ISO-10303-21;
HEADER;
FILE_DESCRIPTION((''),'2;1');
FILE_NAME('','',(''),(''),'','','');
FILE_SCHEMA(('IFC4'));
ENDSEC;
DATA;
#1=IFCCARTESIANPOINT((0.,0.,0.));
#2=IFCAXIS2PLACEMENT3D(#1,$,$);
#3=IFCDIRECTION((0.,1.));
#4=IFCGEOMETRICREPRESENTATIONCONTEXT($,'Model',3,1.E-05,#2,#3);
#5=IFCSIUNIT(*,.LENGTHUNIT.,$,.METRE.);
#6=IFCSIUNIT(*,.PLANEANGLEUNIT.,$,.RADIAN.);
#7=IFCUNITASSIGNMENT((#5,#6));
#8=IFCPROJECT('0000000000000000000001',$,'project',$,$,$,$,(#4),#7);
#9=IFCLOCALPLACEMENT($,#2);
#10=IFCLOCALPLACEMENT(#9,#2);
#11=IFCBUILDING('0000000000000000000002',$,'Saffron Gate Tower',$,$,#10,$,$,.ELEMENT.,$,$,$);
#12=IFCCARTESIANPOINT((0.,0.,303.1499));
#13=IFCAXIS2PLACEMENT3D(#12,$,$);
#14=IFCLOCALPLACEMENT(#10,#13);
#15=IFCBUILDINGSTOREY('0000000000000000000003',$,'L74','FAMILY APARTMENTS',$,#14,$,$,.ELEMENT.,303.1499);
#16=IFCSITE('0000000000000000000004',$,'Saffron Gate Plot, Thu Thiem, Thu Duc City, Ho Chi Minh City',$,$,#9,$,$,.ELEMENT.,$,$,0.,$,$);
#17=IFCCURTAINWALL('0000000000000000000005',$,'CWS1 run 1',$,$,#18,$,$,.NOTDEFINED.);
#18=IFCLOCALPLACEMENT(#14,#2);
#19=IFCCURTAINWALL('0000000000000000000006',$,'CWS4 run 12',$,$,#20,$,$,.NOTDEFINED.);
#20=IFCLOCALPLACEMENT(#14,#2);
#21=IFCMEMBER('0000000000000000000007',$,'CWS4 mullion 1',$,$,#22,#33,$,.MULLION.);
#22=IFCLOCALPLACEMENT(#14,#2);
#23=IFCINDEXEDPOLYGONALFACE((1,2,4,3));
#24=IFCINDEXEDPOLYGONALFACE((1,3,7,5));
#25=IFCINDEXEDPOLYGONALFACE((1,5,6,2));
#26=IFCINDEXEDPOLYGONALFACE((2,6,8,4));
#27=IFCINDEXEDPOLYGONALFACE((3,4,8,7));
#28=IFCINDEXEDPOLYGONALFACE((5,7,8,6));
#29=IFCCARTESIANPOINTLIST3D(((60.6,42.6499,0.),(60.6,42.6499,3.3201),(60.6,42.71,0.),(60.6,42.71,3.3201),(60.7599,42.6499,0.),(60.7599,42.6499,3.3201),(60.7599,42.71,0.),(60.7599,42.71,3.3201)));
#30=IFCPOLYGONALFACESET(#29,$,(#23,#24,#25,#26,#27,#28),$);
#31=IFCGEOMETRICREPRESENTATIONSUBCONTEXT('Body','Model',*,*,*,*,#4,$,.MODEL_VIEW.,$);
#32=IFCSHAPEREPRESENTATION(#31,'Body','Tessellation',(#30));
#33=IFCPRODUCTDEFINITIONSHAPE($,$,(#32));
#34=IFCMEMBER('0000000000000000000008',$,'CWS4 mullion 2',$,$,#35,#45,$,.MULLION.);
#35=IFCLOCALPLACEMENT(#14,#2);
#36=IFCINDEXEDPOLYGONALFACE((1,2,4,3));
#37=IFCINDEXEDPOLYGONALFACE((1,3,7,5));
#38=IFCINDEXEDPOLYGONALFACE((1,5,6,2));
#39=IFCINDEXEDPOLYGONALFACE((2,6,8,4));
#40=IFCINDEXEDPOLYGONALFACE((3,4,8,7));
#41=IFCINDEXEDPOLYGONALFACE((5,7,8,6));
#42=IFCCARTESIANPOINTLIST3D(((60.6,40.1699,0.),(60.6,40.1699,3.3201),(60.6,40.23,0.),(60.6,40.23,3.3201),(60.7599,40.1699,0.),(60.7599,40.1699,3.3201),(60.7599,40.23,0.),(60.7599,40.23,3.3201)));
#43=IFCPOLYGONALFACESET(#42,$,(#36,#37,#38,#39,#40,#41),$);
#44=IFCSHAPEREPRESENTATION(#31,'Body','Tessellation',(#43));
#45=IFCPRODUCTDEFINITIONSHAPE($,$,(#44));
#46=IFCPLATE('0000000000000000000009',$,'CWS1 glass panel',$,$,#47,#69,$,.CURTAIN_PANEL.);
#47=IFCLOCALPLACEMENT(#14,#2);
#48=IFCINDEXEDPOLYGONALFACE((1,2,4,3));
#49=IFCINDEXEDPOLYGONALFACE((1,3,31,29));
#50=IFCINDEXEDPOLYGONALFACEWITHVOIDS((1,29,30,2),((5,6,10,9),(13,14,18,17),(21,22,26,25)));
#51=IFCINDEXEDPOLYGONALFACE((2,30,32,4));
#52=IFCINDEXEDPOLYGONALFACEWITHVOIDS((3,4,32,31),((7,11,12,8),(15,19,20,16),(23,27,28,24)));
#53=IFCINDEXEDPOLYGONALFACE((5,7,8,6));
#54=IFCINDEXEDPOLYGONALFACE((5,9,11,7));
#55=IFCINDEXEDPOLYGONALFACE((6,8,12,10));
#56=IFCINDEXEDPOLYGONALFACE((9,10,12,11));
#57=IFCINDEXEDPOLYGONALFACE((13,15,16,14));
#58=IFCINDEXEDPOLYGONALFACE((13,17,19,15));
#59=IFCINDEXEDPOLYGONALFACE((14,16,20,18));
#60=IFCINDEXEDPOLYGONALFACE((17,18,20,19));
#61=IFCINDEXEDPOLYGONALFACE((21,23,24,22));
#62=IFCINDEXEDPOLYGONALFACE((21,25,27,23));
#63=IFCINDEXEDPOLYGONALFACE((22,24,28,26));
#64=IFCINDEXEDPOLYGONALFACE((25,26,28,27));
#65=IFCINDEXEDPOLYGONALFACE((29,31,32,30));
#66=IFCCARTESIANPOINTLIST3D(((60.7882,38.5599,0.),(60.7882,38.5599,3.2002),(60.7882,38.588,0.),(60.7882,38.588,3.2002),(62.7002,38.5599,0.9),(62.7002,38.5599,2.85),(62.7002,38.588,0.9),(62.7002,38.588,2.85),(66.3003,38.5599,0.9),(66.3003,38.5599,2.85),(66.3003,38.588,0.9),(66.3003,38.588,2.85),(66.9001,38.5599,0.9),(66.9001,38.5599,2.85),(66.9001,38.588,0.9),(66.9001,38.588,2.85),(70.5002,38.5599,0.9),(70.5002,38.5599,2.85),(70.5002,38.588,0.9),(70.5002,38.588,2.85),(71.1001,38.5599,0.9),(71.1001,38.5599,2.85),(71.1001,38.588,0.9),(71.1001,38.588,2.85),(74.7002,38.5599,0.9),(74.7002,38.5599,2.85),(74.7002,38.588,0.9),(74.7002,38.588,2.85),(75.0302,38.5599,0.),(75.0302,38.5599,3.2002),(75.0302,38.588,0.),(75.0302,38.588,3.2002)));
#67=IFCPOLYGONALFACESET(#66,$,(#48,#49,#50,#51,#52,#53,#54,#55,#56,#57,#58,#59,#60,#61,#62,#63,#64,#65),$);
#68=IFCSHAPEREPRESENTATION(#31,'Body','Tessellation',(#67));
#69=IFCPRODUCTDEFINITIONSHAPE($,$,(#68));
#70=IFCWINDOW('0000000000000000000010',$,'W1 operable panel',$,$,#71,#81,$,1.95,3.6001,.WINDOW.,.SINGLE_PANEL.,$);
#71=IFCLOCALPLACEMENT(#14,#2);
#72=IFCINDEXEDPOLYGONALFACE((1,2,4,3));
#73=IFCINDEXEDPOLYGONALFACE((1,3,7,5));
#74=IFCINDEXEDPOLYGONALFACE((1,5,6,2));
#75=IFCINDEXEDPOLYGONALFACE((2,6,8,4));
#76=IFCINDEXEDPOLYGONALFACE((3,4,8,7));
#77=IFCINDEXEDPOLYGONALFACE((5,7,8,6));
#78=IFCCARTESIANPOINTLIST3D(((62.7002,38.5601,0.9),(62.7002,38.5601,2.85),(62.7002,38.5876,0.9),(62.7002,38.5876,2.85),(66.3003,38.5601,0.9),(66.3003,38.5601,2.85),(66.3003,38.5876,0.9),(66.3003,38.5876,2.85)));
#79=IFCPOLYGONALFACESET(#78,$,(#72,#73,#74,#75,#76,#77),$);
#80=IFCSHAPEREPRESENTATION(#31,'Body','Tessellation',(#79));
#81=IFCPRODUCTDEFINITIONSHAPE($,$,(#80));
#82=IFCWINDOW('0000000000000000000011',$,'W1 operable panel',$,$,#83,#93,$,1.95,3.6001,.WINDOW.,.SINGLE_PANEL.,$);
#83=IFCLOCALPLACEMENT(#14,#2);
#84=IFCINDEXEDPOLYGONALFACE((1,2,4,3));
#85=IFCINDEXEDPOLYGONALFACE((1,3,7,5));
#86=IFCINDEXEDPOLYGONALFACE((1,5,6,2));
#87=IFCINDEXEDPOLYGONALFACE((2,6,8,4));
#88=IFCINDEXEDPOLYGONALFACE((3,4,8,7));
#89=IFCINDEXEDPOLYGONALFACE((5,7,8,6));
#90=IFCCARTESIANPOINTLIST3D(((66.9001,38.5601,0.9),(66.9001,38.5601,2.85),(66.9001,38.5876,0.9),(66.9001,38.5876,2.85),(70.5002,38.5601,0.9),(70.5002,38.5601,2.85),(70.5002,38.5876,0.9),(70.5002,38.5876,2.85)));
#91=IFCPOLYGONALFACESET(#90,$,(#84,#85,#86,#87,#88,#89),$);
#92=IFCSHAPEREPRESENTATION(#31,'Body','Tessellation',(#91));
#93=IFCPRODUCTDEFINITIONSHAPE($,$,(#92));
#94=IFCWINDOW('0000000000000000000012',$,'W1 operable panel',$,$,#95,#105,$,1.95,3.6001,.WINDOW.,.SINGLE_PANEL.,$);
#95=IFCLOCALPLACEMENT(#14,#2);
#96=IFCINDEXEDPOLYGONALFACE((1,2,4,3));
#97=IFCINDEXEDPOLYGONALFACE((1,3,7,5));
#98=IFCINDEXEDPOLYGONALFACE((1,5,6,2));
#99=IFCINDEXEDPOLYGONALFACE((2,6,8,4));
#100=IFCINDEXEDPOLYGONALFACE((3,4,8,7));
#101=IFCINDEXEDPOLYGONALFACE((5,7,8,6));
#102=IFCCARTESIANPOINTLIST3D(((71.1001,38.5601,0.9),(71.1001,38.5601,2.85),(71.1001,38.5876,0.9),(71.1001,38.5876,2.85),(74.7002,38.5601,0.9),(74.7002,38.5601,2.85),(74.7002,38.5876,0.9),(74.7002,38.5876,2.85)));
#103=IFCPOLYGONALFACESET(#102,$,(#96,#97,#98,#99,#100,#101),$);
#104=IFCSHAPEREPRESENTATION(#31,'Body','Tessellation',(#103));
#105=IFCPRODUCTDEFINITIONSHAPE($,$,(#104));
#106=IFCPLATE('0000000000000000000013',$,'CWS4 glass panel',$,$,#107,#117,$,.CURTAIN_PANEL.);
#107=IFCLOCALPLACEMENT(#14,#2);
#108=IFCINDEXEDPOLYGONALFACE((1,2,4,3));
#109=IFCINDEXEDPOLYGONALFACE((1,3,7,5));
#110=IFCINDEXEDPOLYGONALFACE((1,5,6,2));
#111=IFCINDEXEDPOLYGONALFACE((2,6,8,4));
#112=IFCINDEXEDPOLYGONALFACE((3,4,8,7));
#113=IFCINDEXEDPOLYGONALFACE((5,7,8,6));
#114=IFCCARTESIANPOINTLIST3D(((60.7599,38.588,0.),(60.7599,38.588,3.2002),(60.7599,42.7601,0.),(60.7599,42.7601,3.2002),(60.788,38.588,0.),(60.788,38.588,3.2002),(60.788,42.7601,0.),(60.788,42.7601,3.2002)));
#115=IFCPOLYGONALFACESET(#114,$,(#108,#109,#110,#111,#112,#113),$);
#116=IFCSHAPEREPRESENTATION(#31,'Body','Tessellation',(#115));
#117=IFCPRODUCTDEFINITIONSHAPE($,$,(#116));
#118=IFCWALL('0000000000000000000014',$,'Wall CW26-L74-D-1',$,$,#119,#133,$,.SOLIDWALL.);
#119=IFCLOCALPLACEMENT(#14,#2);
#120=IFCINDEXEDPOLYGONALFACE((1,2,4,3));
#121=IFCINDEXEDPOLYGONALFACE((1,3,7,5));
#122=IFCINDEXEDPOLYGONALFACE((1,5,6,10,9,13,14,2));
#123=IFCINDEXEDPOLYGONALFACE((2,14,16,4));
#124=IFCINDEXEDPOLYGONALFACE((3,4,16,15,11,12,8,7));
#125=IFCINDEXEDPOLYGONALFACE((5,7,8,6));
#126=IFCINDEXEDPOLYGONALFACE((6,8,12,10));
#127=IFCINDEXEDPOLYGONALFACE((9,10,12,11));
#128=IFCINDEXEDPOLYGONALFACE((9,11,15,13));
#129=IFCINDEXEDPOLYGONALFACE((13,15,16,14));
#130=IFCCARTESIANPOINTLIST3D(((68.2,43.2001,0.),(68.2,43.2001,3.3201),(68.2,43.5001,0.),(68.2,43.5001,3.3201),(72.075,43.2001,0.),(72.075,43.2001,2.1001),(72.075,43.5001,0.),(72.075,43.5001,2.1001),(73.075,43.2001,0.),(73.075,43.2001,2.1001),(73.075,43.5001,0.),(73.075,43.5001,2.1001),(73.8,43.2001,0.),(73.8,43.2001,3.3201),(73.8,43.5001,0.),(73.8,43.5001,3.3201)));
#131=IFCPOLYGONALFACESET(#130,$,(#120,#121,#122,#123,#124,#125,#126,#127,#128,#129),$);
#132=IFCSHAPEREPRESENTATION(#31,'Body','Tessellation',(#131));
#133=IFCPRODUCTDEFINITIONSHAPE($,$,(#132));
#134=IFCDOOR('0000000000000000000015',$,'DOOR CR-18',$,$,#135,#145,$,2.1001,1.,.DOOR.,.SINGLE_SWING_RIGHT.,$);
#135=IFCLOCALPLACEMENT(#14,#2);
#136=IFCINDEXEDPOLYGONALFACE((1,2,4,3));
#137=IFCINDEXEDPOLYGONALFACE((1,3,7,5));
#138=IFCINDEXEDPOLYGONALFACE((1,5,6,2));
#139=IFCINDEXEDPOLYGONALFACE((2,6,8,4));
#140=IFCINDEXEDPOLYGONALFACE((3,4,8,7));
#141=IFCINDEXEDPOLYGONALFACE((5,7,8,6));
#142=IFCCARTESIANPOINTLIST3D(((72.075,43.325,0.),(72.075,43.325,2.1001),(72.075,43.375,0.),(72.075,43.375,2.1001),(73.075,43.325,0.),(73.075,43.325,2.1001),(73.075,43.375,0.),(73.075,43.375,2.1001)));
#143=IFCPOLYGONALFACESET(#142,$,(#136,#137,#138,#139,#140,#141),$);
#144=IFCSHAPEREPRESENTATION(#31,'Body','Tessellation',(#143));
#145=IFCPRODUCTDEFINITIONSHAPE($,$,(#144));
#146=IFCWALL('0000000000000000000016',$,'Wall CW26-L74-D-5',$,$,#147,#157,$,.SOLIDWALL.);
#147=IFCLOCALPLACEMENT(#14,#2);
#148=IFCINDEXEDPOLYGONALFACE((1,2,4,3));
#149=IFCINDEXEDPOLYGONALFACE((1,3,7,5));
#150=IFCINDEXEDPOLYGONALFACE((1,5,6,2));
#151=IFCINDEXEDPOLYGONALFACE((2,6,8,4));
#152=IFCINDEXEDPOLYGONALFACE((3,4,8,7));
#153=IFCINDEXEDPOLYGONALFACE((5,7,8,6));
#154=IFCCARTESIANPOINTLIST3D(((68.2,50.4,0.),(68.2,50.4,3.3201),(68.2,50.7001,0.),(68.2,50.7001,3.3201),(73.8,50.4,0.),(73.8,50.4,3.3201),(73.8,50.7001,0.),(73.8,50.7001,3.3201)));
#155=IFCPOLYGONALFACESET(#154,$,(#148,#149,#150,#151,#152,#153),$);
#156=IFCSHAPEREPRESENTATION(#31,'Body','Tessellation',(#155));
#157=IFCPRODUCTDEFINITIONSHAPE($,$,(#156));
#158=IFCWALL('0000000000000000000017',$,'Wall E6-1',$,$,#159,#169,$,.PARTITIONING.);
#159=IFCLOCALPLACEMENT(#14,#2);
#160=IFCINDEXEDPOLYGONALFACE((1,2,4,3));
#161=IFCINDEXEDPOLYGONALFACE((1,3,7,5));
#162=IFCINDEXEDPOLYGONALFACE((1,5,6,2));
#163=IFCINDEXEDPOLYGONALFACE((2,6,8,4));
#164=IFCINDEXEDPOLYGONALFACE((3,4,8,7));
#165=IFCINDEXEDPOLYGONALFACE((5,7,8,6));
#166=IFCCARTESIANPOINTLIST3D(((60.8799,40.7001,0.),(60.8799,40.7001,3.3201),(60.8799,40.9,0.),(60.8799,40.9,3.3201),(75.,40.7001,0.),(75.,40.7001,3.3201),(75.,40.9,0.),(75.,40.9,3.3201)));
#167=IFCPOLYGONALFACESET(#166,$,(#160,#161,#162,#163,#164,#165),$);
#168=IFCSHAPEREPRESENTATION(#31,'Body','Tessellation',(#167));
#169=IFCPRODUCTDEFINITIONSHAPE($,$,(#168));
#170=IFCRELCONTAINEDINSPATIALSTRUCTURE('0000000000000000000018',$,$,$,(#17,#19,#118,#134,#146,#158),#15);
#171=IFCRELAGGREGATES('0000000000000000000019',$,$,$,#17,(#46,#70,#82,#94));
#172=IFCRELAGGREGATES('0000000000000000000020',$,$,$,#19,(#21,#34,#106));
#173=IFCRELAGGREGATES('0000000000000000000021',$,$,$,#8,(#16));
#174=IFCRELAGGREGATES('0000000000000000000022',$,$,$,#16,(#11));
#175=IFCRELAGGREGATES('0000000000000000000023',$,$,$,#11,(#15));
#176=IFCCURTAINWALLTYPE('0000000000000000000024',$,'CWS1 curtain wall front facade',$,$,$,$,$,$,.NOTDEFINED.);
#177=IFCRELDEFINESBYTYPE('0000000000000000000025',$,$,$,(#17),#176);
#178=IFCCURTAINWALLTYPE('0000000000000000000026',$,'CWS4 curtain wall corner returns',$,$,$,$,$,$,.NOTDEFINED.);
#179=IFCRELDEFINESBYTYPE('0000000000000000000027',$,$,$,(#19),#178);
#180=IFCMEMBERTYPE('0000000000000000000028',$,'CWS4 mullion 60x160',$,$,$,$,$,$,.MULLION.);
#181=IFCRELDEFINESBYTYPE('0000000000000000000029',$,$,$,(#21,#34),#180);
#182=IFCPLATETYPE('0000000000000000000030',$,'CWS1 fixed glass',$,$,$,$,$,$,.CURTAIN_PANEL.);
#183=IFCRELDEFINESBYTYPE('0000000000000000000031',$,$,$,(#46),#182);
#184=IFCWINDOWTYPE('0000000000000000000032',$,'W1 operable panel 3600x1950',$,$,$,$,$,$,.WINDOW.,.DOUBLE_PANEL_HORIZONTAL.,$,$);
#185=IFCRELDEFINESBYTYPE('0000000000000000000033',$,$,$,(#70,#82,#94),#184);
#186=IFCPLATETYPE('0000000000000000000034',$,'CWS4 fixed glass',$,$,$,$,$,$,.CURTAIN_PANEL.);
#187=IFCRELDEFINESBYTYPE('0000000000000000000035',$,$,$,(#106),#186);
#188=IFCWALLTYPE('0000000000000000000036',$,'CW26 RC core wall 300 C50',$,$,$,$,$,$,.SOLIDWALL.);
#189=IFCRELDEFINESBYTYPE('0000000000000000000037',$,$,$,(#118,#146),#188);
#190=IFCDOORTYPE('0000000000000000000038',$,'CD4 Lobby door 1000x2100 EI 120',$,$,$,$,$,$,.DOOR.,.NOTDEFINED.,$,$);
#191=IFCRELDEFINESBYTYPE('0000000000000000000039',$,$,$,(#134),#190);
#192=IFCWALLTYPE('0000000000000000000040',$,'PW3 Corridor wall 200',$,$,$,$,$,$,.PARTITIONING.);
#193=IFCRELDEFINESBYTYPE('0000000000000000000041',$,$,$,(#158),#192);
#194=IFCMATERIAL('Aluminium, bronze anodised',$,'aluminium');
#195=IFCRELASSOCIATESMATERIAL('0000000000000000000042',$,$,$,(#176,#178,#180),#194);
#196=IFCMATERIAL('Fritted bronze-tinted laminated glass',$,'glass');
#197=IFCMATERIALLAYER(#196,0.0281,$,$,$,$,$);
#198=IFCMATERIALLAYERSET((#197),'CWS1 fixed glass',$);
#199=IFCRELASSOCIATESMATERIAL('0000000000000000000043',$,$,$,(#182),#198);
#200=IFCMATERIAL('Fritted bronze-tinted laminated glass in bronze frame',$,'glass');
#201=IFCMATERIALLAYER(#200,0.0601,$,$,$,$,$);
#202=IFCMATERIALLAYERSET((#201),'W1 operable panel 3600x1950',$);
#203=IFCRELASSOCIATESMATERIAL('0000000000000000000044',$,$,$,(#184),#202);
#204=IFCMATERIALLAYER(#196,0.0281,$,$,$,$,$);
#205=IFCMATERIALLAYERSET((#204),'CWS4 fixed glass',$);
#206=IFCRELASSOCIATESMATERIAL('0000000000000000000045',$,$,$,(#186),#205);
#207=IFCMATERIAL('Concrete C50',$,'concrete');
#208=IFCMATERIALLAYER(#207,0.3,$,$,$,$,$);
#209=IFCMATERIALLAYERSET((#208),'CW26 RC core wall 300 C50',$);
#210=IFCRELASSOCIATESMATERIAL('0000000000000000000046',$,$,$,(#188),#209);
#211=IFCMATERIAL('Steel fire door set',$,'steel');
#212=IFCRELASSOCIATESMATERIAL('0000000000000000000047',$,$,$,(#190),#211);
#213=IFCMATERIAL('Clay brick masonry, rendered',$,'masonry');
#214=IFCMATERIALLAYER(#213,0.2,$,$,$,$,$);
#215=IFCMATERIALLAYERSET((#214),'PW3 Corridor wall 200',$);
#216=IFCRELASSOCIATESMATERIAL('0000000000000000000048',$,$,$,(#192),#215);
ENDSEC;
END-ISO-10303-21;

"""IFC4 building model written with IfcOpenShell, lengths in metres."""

from ifc_helpers import new_model, si_unit, direction, frame, frame_2d, origin, origin_2d, place, context, subcontext, project, spatial, rectangle, extrude, material, layer, layer_set, material_profile, profile_set, type_object, element, fill, aggregate, save


model = new_model("IFC4")

# Units and contexts
model_context = context("Model", 3, precision=1e-05, world=origin(), true_north=direction((0.0, 1.0)))
body_context = subcontext(model_context, "Body", "Model", "MODEL_VIEW")
ifc_project = project(units=[si_unit("LENGTHUNIT", "METRE"), si_unit("PLANEANGLEUNIT", "RADIAN")], contexts=[model_context])

# Site, building, storey
site_placement = place(None, origin())
site = spatial("IfcSite", under=ifc_project, at=site_placement, Name="Saffron Gate Plot, Thu Thiem, Thu Duc City, Ho Chi Minh City", CompositionType="ELEMENT", RefElevation=0.0)
building_placement = place(site_placement, origin())
building = spatial("IfcBuilding", under=site, at=building_placement, Name="Saffron Gate Tower", CompositionType="ELEMENT")
storey_placement = place(building_placement, frame((0.0, 0.0, 303.1499)))
storey = spatial("IfcBuildingStorey", under=building, at=storey_placement, Name="L74", Description="FAMILY APARTMENTS", CompositionType="ELEMENT", Elevation=303.1499)

# Curtain walls, members
ifc_material_1 = material(Name="Aluminium, bronze anodised", Category="aluminium")
curtain_wall_type_1 = type_object("IfcCurtainWallType", Name="CWS1 curtain wall front facade", PredefinedType="NOTDEFINED", material=ifc_material_1)
curtain_wall_1_placement = place(storey_placement, origin())
curtain_wall_1 = element("IfcCurtainWall", 1, at=curtain_wall_1_placement, inside=storey, type_object=curtain_wall_type_1, Name="CWS1 run 1", PredefinedType="NOTDEFINED")
curtain_wall_type_2 = type_object("IfcCurtainWallType", Name="CWS4 curtain wall corner returns", PredefinedType="NOTDEFINED", material=ifc_material_1)
curtain_wall_2_placement = place(storey_placement, origin())
curtain_wall_2 = element("IfcCurtainWall", 2, at=curtain_wall_2_placement, inside=storey, type_object=curtain_wall_type_2, Name="CWS4 run 12", PredefinedType="NOTDEFINED")
ifc_material_profile_1 = material_profile(ifc_material_1, rectangle(XDim=0.1599, YDim=0.0601, at=origin_2d()))
ifc_profile_set_1 = profile_set([ifc_material_profile_1], Name="Aluminium, bronze anodised")
member_type_1 = type_object("IfcMemberType", Name="CWS4 mullion 60x160", PredefinedType="MULLION", material=ifc_profile_set_1)
member_1_placement = place(storey_placement, frame((60.6799, 42.6799, 0.0), z_axis=(0.0, 0.0, 1.0), x_axis=(1.0, 0.0, 0.0)))
member_1 = element("IfcMember", 3, at=member_1_placement, type_object=member_type_1, Name="CWS4 mullion 1", PredefinedType="MULLION", context=body_context, shape_type="SweptSolid", body=[
    extrude(rectangle(XDim=0.1599, YDim=0.0601, at=origin_2d()), origin(), (0.0, 0.0, 1.0), 3.3201),
])
member_2_placement = place(storey_placement, frame((60.6799, 40.2, 0.0), z_axis=(0.0, 0.0, 1.0), x_axis=(1.0, 0.0, 0.0)))
member_2 = element("IfcMember", 4, at=member_2_placement, type_object=member_type_1, Name="CWS4 mullion 2", PredefinedType="MULLION", context=body_context, shape_type="SweptSolid", body=[
    extrude(rectangle(XDim=0.1599, YDim=0.0601, at=origin_2d()), origin(), (0.0, 0.0, 1.0), 3.3201),
])

# Plate, openings, windows
ifc_material_2 = material(Name="Fritted bronze-tinted laminated glass", Category="glass")
ifc_layer_1 = layer(ifc_material_2, 0.0281)
ifc_layer_set_1 = layer_set([ifc_layer_1], Name="CWS1 fixed glass")
plate_type_1 = type_object("IfcPlateType", Name="CWS1 fixed glass", PredefinedType="CURTAIN_PANEL", material=ifc_layer_set_1)
plate_1_placement = place(storey_placement, frame((60.7881, 38.574, 0.0), z_axis=(0.0, 0.0, 1.0), x_axis=(1.0, 0.0, 0.0)))
plate_1 = element("IfcPlate", 5, at=plate_1_placement, type_object=plate_type_1, Name="CWS1 glass panel", PredefinedType="CURTAIN_PANEL", context=body_context, shape_type="SweptSolid", body=[
    extrude(rectangle(XDim=14.2419, YDim=0.0281, at=frame_2d((7.1211, 0.0))), origin(), (0.0, 0.0, 1.0), 3.2002),
])
opening_1_placement = place(plate_1_placement, frame((1.9121, 0.0, 0.8999)))
opening_1 = element("IfcOpeningElement", 6, at=opening_1_placement, cuts=plate_1, PredefinedType="OPENING", context=body_context, shape_type="SweptSolid", body=[
    extrude(rectangle(XDim=3.6001, YDim=1.95, at=frame_2d((1.8, 0.9751))), frame((0.0, 0.0239, 0.0), z_axis=(0.0, -1.0, 0.0), x_axis=(1.0, 0.0, 0.0)), (0.0, 0.0, 1.0), 0.0481),
])
opening_2_placement = place(plate_1_placement, frame((6.1121, 0.0, 0.8999)))
opening_2 = element("IfcOpeningElement", 7, at=opening_2_placement, cuts=plate_1, PredefinedType="OPENING", context=body_context, shape_type="SweptSolid", body=[
    extrude(rectangle(XDim=3.6001, YDim=1.95, at=frame_2d((1.8, 0.9751))), frame((0.0, 0.0239, 0.0), z_axis=(0.0, -1.0, 0.0), x_axis=(1.0, 0.0, 0.0)), (0.0, 0.0, 1.0), 0.0481),
])
opening_3_placement = place(plate_1_placement, frame((10.312, 0.0, 0.8999)))
opening_3 = element("IfcOpeningElement", 8, at=opening_3_placement, cuts=plate_1, PredefinedType="OPENING", context=body_context, shape_type="SweptSolid", body=[
    extrude(rectangle(XDim=3.6001, YDim=1.95, at=frame_2d((1.8, 0.9751))), frame((0.0, 0.0239, 0.0), z_axis=(0.0, -1.0, 0.0), x_axis=(1.0, 0.0, 0.0)), (0.0, 0.0, 1.0), 0.0481),
])
ifc_material_3 = material(Name="Fritted bronze-tinted laminated glass in bronze frame", Category="glass")
ifc_layer_2 = layer(ifc_material_3, 0.0601)
ifc_layer_set_2 = layer_set([ifc_layer_2], Name="W1 operable panel 3600x1950")
window_type = type_object("IfcWindowType", Name="W1 operable panel 3600x1950", PartitioningType="DOUBLE_PANEL_HORIZONTAL", PredefinedType="WINDOW", material=ifc_layer_set_2)
window_1_placement = place(opening_1_placement, origin())
window_1 = element("IfcWindow", 9, at=window_1_placement, type_object=window_type, Name="W1 operable panel", OverallHeight=1.95, OverallWidth=3.6001, PartitioningType="SINGLE_PANEL", PredefinedType="WINDOW", context=body_context, shape_type="SweptSolid", body=[
    extrude(rectangle(XDim=3.6001, YDim=1.95, at=frame_2d((1.8, 0.9751))), frame((0.0, 0.0137, 0.0), z_axis=(0.0, -1.0, 0.0), x_axis=(1.0, 0.0, 0.0)), (0.0, 0.0, 1.0), 0.0276),
])
fill(opening_1, window_1)
window_2_placement = place(opening_2_placement, origin())
window_2 = element("IfcWindow", 10, at=window_2_placement, type_object=window_type, Name="W1 operable panel", OverallHeight=1.95, OverallWidth=3.6001, PartitioningType="SINGLE_PANEL", PredefinedType="WINDOW", context=body_context, shape_type="SweptSolid", body=[
    extrude(rectangle(XDim=3.6001, YDim=1.95, at=frame_2d((1.8, 0.9751))), frame((0.0, 0.0137, 0.0), z_axis=(0.0, -1.0, 0.0), x_axis=(1.0, 0.0, 0.0)), (0.0, 0.0, 1.0), 0.0276),
])
fill(opening_2, window_2)
window_3_placement = place(opening_3_placement, origin())
window_3 = element("IfcWindow", 11, at=window_3_placement, type_object=window_type, Name="W1 operable panel", OverallHeight=1.95, OverallWidth=3.6001, PartitioningType="SINGLE_PANEL", PredefinedType="WINDOW", context=body_context, shape_type="SweptSolid", body=[
    extrude(rectangle(XDim=3.6001, YDim=1.95, at=frame_2d((1.8, 0.9751))), frame((0.0, 0.0137, 0.0), z_axis=(0.0, -1.0, 0.0), x_axis=(1.0, 0.0, 0.0)), (0.0, 0.0, 1.0), 0.0276),
])
fill(opening_3, window_3)
aggregate(curtain_wall_1, [plate_1, window_1, window_2, window_3])

# Plate
ifc_layer_3 = layer(ifc_material_2, 0.0281)
ifc_layer_set_3 = layer_set([ifc_layer_3], Name="CWS4 fixed glass")
plate_type_2 = type_object("IfcPlateType", Name="CWS4 fixed glass", PredefinedType="CURTAIN_PANEL", material=ifc_layer_set_3)
plate_2_placement = place(storey_placement, frame((60.7739, 42.76, 0.0), z_axis=(0.0, 0.0, 1.0), x_axis=(0.0, -1.0, 0.0)))
plate_2 = element("IfcPlate", 12, at=plate_2_placement, type_object=plate_type_2, Name="CWS4 glass panel", PredefinedType="CURTAIN_PANEL", context=body_context, shape_type="SweptSolid", body=[
    extrude(rectangle(XDim=4.1721, YDim=0.0281, at=frame_2d((2.0859, 0.0))), origin(), (0.0, 0.0, 1.0), 3.2002),
])
aggregate(curtain_wall_2, [member_1, member_2, plate_2])

# Wall, opening, door
ifc_material_4 = material(Name="Concrete C50", Category="concrete")
ifc_layer_4 = layer(ifc_material_4, 0.3)
ifc_layer_set_4 = layer_set([ifc_layer_4], Name="CW26 RC core wall 300 C50")
wall_type_1 = type_object("IfcWallType", Name="CW26 RC core wall 300 C50", PredefinedType="SOLIDWALL", material=ifc_layer_set_4)
wall_1_placement = place(storey_placement, frame((68.2, 43.3501, 0.0), z_axis=(0.0, 0.0, 1.0), x_axis=(1.0, 0.0, 0.0)))
wall_1 = element("IfcWall", 13, at=wall_1_placement, inside=storey, type_object=wall_type_1, Name="Wall CW26-L74-D-1", PredefinedType="SOLIDWALL", context=body_context, shape_type="SweptSolid", body=[
    extrude(rectangle(XDim=5.6001, YDim=0.3, at=frame_2d((2.8, 0.0))), origin(), (0.0, 0.0, 1.0), 3.3201),
])
opening_4_placement = place(wall_1_placement, frame((3.875, 0.0, 0.0)))
opening_4 = element("IfcOpeningElement", 14, at=opening_4_placement, cuts=wall_1, PredefinedType="OPENING", context=body_context, shape_type="SweptSolid", body=[
    extrude(rectangle(XDim=1.0, YDim=2.1001, at=frame_2d((0.5, 1.05))), frame((0.0, 0.1602, 0.0), z_axis=(0.0, -1.0, 0.0), x_axis=(1.0, 0.0, 0.0)), (0.0, 0.0, 1.0), 0.3201),
])
ifc_material_5 = material(Name="Steel fire door set", Category="steel")
door_type = type_object("IfcDoorType", Name="CD4 Lobby door 1000x2100 EI 120", OperationType="NOTDEFINED", PredefinedType="DOOR", material=ifc_material_5)
door_placement = place(opening_4_placement, origin())
door = element("IfcDoor", 15, at=door_placement, inside=storey, type_object=door_type, Name="DOOR CR-18", OperationType="SINGLE_SWING_RIGHT", OverallHeight=2.1001, OverallWidth=1.0, PredefinedType="DOOR", context=body_context, shape_type="SweptSolid", body=[
    extrude(rectangle(XDim=1.0, YDim=2.1001, at=frame_2d((0.5, 1.05))), frame((0.0, 0.0249, 0.0), z_axis=(0.0, -1.0, 0.0), x_axis=(1.0, 0.0, 0.0)), (0.0, 0.0, 1.0), 0.05),
])
fill(opening_4, door)

# Walls
wall_2_placement = place(storey_placement, frame((68.2, 50.55, 0.0), z_axis=(0.0, 0.0, 1.0), x_axis=(1.0, 0.0, 0.0)))
element("IfcWall", 16, at=wall_2_placement, inside=storey, type_object=wall_type_1, Name="Wall CW26-L74-D-5", PredefinedType="SOLIDWALL", context=body_context, shape_type="SweptSolid", body=[
    extrude(rectangle(XDim=5.6001, YDim=0.3, at=frame_2d((2.8, 0.0))), origin(), (0.0, 0.0, 1.0), 3.3201),
])
ifc_material_6 = material(Name="Clay brick masonry, rendered", Category="masonry")
ifc_layer_5 = layer(ifc_material_6, 0.2)
ifc_layer_set_5 = layer_set([ifc_layer_5], Name="PW3 Corridor wall 200")
wall_type_2 = type_object("IfcWallType", Name="PW3 Corridor wall 200", PredefinedType="PARTITIONING", material=ifc_layer_set_5)
wall_3_placement = place(storey_placement, frame((60.8799, 40.8, 0.0), z_axis=(0.0, 0.0, 1.0), x_axis=(1.0, 0.0, 0.0)))
element("IfcWall", 17, at=wall_3_placement, inside=storey, type_object=wall_type_2, Name="Wall E6-1", PredefinedType="PARTITIONING", context=body_context, shape_type="SweptSolid", body=[
    extrude(rectangle(XDim=14.1201, YDim=0.2, at=frame_2d((7.0601, 0.0))), origin(), (0.0, 0.0, 1.0), 3.3201),
])

save(model, "model.ifc")
